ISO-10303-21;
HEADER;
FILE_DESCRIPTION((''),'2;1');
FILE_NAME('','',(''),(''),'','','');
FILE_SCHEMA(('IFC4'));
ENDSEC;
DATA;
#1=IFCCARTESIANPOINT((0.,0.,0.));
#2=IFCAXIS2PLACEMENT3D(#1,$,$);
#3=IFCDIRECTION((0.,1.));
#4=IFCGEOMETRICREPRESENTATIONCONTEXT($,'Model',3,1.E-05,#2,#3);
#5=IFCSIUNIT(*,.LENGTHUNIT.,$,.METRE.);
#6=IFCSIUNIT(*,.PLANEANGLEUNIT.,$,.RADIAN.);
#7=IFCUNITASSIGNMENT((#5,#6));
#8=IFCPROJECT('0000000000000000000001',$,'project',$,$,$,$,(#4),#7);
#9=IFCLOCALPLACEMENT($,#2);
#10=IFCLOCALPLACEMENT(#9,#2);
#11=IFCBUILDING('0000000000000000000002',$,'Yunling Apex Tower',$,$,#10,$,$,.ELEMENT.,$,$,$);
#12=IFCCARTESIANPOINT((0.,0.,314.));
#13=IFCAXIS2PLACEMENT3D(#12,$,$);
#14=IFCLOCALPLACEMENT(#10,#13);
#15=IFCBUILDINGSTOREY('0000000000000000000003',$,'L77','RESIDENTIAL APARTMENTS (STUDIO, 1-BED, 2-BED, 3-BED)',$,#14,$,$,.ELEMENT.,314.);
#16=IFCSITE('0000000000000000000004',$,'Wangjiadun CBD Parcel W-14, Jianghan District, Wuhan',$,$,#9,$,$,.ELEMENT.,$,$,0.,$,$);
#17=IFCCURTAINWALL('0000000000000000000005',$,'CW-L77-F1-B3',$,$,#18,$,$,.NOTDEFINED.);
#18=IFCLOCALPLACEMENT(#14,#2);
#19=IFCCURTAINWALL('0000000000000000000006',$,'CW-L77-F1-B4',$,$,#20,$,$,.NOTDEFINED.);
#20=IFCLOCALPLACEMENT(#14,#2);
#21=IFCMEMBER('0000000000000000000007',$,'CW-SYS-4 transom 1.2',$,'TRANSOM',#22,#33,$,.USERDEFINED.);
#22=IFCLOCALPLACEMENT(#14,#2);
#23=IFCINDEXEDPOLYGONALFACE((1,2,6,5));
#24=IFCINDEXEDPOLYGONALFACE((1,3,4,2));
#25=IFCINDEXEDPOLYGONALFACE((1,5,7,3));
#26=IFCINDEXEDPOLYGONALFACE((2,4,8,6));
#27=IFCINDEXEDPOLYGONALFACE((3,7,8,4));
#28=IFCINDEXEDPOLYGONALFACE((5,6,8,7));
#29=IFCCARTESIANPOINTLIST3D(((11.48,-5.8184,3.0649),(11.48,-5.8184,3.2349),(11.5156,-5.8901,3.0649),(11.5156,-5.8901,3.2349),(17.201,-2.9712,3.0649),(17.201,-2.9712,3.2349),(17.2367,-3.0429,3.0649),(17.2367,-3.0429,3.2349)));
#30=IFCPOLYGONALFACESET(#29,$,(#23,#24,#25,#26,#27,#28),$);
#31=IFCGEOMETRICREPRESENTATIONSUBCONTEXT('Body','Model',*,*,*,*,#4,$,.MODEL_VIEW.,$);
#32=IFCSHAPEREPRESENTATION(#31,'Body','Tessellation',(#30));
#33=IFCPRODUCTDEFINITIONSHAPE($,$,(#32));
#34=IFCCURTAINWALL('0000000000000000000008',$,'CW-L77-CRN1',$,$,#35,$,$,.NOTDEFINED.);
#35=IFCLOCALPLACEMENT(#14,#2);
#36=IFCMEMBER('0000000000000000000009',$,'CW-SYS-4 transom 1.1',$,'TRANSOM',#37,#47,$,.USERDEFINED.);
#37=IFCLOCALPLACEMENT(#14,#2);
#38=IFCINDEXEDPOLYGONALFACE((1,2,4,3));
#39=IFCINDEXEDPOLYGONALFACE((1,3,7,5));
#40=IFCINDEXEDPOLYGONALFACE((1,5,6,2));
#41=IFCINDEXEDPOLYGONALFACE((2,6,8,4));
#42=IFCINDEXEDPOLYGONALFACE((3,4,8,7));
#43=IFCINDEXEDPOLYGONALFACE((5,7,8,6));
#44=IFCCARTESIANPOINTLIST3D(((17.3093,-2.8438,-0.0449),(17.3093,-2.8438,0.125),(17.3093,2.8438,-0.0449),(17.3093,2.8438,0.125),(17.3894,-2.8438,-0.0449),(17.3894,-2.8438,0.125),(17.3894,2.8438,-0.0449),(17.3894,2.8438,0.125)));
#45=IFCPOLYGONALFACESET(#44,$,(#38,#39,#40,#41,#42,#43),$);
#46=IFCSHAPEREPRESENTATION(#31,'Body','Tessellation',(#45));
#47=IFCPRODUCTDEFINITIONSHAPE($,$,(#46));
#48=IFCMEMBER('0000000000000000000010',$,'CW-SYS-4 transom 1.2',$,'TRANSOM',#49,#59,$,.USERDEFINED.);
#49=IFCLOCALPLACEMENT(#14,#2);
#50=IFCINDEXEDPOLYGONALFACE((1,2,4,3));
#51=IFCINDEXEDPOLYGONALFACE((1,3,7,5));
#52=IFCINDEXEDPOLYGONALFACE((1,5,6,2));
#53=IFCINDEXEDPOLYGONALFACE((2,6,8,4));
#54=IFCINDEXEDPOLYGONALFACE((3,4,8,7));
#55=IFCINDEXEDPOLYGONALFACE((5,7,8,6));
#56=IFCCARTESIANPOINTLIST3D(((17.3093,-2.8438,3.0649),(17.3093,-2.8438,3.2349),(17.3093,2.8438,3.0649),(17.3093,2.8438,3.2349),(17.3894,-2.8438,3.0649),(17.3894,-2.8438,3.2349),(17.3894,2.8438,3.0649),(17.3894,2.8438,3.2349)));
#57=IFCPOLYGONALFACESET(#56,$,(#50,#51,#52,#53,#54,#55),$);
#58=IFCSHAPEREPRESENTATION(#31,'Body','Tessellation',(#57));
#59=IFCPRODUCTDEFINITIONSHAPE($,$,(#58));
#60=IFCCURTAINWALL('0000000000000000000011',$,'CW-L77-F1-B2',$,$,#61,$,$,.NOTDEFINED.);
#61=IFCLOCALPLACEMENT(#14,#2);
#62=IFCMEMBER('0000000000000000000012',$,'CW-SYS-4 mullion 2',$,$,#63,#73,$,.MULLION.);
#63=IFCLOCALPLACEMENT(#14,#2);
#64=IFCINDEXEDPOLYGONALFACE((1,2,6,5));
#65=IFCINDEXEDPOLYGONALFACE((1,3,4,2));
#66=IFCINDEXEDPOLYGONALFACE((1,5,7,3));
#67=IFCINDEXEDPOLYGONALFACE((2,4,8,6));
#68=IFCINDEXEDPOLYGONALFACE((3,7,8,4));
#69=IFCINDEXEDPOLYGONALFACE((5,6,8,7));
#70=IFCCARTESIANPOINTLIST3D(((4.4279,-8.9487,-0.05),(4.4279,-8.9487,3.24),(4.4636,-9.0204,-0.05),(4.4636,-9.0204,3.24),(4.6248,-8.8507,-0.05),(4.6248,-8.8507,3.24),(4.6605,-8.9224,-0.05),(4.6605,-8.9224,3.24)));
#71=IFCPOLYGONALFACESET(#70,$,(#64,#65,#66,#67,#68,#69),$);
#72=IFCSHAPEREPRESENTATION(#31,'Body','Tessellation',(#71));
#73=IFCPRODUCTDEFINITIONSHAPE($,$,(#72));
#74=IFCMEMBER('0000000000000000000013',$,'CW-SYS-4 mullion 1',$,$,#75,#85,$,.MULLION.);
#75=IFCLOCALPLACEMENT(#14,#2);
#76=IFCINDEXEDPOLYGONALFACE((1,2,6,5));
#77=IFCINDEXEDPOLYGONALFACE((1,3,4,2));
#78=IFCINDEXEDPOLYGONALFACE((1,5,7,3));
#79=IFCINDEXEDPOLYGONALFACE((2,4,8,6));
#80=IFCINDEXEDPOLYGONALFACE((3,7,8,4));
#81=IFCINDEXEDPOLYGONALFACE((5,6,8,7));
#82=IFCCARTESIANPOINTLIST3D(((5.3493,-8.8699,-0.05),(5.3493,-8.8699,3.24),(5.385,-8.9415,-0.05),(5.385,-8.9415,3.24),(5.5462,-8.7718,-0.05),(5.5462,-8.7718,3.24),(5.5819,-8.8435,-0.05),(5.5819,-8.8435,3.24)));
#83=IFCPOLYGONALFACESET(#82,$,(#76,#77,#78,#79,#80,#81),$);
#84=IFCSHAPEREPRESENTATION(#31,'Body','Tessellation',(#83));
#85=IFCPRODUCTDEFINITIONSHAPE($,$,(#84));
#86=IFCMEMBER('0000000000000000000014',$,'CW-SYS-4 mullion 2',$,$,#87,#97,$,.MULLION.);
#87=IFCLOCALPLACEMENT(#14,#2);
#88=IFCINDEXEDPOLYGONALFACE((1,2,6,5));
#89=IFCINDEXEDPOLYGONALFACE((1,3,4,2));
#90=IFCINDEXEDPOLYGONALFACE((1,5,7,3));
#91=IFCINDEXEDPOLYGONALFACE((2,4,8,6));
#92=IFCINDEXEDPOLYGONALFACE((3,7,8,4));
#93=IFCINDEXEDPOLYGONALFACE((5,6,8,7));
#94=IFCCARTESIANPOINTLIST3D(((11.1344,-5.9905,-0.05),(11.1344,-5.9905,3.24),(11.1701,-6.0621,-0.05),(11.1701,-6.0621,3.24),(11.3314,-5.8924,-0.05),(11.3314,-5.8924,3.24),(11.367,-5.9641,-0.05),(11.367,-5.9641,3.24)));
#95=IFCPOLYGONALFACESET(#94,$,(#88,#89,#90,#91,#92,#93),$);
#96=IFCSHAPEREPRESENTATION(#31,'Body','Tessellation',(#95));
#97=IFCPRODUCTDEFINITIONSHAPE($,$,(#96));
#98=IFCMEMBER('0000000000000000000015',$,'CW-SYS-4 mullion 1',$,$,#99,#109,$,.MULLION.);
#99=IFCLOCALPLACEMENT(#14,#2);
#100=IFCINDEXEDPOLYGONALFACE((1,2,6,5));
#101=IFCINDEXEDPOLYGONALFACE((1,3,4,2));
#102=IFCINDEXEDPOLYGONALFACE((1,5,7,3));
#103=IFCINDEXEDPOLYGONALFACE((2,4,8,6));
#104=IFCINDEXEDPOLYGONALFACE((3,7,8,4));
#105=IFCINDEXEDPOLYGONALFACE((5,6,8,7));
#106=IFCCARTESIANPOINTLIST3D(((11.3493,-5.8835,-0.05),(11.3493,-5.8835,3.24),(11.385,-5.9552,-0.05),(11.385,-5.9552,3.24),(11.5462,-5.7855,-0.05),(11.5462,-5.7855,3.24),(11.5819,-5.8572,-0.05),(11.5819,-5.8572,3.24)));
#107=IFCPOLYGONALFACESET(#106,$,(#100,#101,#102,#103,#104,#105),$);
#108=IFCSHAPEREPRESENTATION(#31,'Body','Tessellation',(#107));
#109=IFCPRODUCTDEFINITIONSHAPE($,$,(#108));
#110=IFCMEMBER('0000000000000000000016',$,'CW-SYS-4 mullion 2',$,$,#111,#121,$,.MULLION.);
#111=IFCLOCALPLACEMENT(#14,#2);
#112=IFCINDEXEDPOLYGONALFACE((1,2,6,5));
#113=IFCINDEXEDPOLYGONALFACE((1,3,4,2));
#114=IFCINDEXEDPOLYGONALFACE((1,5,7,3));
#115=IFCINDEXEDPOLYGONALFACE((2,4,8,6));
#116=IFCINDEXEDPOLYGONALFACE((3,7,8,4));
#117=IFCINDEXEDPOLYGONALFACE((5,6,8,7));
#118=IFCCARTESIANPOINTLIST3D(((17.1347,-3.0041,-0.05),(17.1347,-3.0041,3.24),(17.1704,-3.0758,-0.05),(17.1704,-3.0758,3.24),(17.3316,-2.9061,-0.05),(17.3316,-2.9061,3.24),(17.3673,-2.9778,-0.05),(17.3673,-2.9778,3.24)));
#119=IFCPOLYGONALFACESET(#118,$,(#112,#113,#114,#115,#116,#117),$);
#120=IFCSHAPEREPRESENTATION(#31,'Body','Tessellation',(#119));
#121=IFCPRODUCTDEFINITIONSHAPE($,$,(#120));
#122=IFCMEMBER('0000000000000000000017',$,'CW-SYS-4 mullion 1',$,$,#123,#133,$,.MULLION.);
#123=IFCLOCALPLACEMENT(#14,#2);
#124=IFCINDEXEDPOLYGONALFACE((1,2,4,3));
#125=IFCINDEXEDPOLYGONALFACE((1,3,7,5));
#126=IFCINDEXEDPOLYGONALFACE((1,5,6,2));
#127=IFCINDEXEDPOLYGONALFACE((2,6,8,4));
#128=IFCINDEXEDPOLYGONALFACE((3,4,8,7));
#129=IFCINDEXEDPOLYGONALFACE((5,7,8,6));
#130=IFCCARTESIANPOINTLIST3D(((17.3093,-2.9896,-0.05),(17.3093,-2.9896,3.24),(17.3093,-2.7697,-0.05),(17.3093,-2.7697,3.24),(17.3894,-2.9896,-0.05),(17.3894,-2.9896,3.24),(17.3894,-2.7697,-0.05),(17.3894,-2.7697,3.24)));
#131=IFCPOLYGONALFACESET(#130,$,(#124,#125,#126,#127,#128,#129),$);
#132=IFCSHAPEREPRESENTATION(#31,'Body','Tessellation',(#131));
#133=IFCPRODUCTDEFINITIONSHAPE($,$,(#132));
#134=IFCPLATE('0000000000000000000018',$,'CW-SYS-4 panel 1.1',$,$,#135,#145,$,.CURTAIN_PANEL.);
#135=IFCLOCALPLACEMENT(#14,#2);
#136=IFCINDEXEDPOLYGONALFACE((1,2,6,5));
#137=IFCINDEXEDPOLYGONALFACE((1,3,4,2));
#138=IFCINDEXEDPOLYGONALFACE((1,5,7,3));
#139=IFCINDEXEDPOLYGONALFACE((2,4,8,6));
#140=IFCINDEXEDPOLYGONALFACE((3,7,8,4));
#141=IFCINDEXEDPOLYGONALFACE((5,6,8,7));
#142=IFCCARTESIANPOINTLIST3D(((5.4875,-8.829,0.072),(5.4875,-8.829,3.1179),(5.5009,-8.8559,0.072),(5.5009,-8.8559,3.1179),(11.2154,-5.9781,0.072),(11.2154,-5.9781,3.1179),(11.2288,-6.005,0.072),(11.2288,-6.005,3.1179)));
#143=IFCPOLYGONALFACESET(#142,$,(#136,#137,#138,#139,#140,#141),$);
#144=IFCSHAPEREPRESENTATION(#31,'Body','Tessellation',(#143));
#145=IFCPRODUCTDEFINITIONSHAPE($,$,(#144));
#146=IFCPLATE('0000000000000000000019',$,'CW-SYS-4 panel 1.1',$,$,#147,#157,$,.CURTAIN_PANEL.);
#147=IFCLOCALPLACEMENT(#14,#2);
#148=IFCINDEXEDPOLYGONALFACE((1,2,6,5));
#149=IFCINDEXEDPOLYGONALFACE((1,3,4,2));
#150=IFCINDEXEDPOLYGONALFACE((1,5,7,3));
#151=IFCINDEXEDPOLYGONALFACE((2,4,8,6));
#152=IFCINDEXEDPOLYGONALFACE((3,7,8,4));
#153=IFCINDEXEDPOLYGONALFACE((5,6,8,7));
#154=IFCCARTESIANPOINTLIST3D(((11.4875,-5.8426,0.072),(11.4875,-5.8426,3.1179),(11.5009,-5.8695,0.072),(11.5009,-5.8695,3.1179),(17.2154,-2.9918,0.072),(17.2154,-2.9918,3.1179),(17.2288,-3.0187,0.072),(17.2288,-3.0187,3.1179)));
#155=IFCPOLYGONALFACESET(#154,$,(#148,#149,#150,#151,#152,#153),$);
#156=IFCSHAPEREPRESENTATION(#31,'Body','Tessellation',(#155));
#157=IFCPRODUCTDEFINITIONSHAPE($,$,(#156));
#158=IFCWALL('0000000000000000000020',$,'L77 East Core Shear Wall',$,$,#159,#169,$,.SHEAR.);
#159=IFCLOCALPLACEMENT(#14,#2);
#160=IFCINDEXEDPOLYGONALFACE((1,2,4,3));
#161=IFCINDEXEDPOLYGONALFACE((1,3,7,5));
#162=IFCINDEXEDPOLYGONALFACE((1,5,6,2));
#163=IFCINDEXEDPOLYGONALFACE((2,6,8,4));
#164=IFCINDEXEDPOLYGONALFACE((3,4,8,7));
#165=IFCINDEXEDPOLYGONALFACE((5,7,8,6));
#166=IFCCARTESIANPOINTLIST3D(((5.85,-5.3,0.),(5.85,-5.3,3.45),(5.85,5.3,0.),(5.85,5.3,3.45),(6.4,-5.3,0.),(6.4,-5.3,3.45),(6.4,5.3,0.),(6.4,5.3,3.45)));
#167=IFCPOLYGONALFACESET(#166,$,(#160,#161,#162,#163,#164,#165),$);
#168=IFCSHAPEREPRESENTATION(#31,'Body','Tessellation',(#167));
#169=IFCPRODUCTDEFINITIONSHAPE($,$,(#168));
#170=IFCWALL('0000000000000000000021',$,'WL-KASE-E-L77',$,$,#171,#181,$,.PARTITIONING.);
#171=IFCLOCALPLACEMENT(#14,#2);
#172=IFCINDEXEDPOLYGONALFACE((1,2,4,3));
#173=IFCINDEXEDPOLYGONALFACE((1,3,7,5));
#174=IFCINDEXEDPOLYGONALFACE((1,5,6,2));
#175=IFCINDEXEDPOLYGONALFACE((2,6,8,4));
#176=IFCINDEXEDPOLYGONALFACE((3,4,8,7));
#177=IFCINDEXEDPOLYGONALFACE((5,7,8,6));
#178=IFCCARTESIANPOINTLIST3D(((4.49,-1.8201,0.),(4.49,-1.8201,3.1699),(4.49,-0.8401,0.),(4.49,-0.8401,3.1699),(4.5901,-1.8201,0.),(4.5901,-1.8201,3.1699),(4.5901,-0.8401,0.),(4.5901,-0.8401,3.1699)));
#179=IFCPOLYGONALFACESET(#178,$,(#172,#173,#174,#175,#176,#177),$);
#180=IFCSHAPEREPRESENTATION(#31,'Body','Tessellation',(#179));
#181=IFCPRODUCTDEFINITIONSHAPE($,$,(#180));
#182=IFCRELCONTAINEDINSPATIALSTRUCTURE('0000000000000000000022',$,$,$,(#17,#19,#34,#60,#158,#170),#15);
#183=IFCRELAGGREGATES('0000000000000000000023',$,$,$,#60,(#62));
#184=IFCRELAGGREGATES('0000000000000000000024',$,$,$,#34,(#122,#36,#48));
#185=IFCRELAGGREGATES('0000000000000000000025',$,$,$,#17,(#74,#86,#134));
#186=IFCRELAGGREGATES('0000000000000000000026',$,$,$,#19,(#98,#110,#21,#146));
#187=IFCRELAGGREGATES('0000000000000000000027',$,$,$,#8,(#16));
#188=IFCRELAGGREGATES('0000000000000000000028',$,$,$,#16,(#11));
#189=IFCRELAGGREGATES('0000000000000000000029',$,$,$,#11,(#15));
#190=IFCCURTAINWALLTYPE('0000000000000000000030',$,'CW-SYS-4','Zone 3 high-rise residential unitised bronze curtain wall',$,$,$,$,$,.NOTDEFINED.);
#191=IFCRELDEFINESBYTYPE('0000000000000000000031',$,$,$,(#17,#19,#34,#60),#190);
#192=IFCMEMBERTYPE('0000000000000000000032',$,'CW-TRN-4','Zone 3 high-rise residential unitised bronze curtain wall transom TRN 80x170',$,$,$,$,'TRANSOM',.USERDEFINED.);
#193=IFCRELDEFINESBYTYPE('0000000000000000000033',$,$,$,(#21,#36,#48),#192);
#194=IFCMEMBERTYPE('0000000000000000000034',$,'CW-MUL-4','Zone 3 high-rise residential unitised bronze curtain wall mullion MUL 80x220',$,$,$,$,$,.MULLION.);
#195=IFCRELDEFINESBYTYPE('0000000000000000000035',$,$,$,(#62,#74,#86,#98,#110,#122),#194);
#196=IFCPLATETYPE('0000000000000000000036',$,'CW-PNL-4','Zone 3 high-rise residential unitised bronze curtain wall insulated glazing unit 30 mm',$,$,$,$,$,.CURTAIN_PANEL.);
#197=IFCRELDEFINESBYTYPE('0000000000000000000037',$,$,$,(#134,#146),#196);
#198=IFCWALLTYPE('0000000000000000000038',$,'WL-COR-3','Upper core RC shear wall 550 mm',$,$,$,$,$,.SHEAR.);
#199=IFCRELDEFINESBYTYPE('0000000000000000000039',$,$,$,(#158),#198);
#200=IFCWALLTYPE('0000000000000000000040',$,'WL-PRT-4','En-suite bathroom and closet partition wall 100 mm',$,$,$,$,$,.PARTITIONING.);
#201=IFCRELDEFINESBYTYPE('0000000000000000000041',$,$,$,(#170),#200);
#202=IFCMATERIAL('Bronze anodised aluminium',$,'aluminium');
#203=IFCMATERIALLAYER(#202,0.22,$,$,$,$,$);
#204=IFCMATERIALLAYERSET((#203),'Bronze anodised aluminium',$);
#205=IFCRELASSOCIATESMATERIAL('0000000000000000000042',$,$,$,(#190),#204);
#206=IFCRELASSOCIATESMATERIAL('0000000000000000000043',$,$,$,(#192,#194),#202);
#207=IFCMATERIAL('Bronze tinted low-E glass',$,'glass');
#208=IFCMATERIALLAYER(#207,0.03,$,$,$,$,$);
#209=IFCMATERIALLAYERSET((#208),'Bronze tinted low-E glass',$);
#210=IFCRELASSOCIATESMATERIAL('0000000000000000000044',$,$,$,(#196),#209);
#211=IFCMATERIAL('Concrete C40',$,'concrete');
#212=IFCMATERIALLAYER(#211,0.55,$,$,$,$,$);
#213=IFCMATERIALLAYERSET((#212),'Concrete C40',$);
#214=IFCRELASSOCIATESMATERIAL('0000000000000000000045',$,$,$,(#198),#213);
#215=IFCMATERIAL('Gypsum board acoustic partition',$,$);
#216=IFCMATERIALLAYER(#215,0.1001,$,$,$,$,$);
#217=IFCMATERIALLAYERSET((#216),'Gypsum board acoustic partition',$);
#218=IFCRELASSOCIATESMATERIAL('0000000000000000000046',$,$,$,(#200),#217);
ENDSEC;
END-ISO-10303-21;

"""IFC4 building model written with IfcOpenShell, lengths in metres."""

from ifc_helpers import new_model, si_unit, direction, frame, frame_2d, origin, origin_2d, place, context, subcontext, project, spatial, rectangle, extrude, source, transform, mapped, material, layer, layer_set, material_profile, profile_set, type_object, element, aggregate, save


model = new_model("IFC4")

# Units and contexts
model_context = context("Model", 3, precision=1e-05, world=origin(), true_north=direction((0.0, 1.0)))
body_context = subcontext(model_context, "Body", "Model", "MODEL_VIEW")
ifc_project = project(units=[si_unit("LENGTHUNIT", "METRE"), si_unit("PLANEANGLEUNIT", "RADIAN")], contexts=[model_context])

# Site, building, storey
site_placement = place(None, origin())
site = spatial("IfcSite", under=ifc_project, at=site_placement, Name="Wangjiadun CBD Parcel W-14, Jianghan District, Wuhan", CompositionType="ELEMENT", RefElevation=0.0)
building_placement = place(site_placement, origin())
building = spatial("IfcBuilding", under=site, at=building_placement, Name="Yunling Apex Tower", CompositionType="ELEMENT")
storey_placement = place(building_placement, frame((0.0, 0.0, 314.0)))
storey = spatial("IfcBuildingStorey", under=building, at=storey_placement, Name="L77", Description="RESIDENTIAL APARTMENTS (STUDIO, 1-BED, 2-BED, 3-BED)", CompositionType="ELEMENT", Elevation=314.0)

# Curtain walls, members
ifc_material_1 = material(Name="Bronze anodised aluminium", Category="aluminium")
ifc_layer_1 = layer(ifc_material_1, 0.22)
ifc_layer_set_1 = layer_set([ifc_layer_1], Name="Bronze anodised aluminium")
curtain_wall_type = type_object("IfcCurtainWallType", Name="CW-SYS-4", Description="Zone 3 high-rise residential unitised bronze curtain wall", PredefinedType="NOTDEFINED", material=ifc_layer_set_1)
curtain_wall_1_placement = place(storey_placement, origin())
curtain_wall_1 = element("IfcCurtainWall", 1, at=curtain_wall_1_placement, inside=storey, type_object=curtain_wall_type, Name="CW-L77-F1-B3", PredefinedType="NOTDEFINED")
ifc_material_profile_1 = material_profile(ifc_material_1, rectangle(XDim=0.0801, YDim=0.1699, at=origin_2d()))
ifc_profile_set_1 = profile_set([ifc_material_profile_1], Name="Bronze anodised aluminium")
member_type_1 = type_object("IfcMemberType", Name="CW-TRN-4", Description="Zone 3 high-rise residential unitised bronze curtain wall transom TRN 80x170", ElementType="TRANSOM", PredefinedType="USERDEFINED", material=ifc_profile_set_1)
curtain_wall_2_placement = place(storey_placement, origin())
curtain_wall_2 = element("IfcCurtainWall", 2, at=curtain_wall_2_placement, inside=storey, type_object=curtain_wall_type, Name="CW-L77-F1-B4", PredefinedType="NOTDEFINED")
shared_shape_1 = source(origin(), body_context, "Body", "SweptSolid", [
    extrude(rectangle(XDim=0.0801, YDim=0.1699, at=origin_2d()), origin(), (0.0, 0.0, 1.0), 6.3904),
])
member_1_placement = place(storey_placement, frame((11.4978, -5.8542, 3.1499), z_axis=(0.895259, 0.445547, 0.0), x_axis=(-0.445547, 0.895259, 0.0)))
member_1 = element("IfcMember", 3, at=member_1_placement, type_object=member_type_1, Name="CW-SYS-4 transom 1.2", ObjectType="TRANSOM", PredefinedType="USERDEFINED", context=body_context, shape_type="MappedRepresentation", body=[
    mapped(shared_shape_1, transform((0.0, 0.0, 0.0), scale=1.0)),
])
curtain_wall_3_placement = place(storey_placement, origin())
curtain_wall_3 = element("IfcCurtainWall", 4, at=curtain_wall_3_placement, inside=storey, type_object=curtain_wall_type, Name="CW-L77-CRN1", PredefinedType="NOTDEFINED")
shared_shape_2 = source(origin(), body_context, "Body", "SweptSolid", [
    extrude(rectangle(XDim=0.0801, YDim=0.1699, at=origin_2d()), origin(), (0.0, 0.0, 1.0), 5.6875),
])
member_2_placement = place(storey_placement, frame((17.3494, -2.8438, 0.04), z_axis=(0.0, 1.0, 0.0), x_axis=(-1.0, 0.0, 0.0)))
member_2 = element("IfcMember", 5, at=member_2_placement, type_object=member_type_1, Name="CW-SYS-4 transom 1.1", ObjectType="TRANSOM", PredefinedType="USERDEFINED", context=body_context, shape_type="MappedRepresentation", body=[
    mapped(shared_shape_2, transform((0.0, 0.0, 0.0), scale=1.0)),
])
member_3_placement = place(storey_placement, frame((17.3494, -2.8438, 3.1499), z_axis=(0.0, 1.0, 0.0), x_axis=(-1.0, 0.0, 0.0)))
member_3 = element("IfcMember", 6, at=member_3_placement, type_object=member_type_1, Name="CW-SYS-4 transom 1.2", ObjectType="TRANSOM", PredefinedType="USERDEFINED", context=body_context, shape_type="MappedRepresentation", body=[
    mapped(shared_shape_2, transform((0.0, 0.0, 0.0), scale=1.0)),
])

# Curtain wall, member
curtain_wall_4_placement = place(storey_placement, origin())
curtain_wall_4 = element("IfcCurtainWall", 7, at=curtain_wall_4_placement, inside=storey, type_object=curtain_wall_type, Name="CW-L77-F1-B2", PredefinedType="NOTDEFINED")
ifc_material_profile_2 = material_profile(ifc_material_1, rectangle(XDim=0.0801, YDim=0.22, at=origin_2d()))
ifc_profile_set_2 = profile_set([ifc_material_profile_2], Name="Bronze anodised aluminium")
member_type_2 = type_object("IfcMemberType", Name="CW-MUL-4", Description="Zone 3 high-rise residential unitised bronze curtain wall mullion MUL 80x220", PredefinedType="MULLION", material=ifc_profile_set_2)
shared_shape_3 = source(origin(), body_context, "Body", "SweptSolid", [
    extrude(rectangle(XDim=0.0801, YDim=0.22, at=origin_2d()), origin(), (0.0, 0.0, 1.0), 3.29),
])
member_4_placement = place(storey_placement, frame((4.5442, -8.9355, -0.05), z_axis=(0.0, 0.0, 1.0), x_axis=(-0.445561, 0.895252, 0.0)))
member_4 = element("IfcMember", 8, at=member_4_placement, type_object=member_type_2, Name="CW-SYS-4 mullion 2", PredefinedType="MULLION", context=body_context, shape_type="MappedRepresentation", body=[
    mapped(shared_shape_3, transform((0.0, 0.0, 0.0), scale=1.0)),
])
aggregate(curtain_wall_4, [member_4])

# Members
member_5_placement = place(storey_placement, frame((5.4656, -8.8567, -0.05), z_axis=(0.0, 0.0, 1.0), x_axis=(-0.44558, 0.895242, 0.0)))
member_5 = element("IfcMember", 9, at=member_5_placement, type_object=member_type_2, Name="CW-SYS-4 mullion 1", PredefinedType="MULLION", context=body_context, shape_type="MappedRepresentation", body=[
    mapped(shared_shape_3, transform((0.0, 0.0, 0.0), scale=1.0)),
])
member_6_placement = place(storey_placement, frame((11.2507, -5.9773, -0.05), z_axis=(0.0, 0.0, 1.0), x_axis=(-0.44558, 0.895242, 0.0)))
member_6 = element("IfcMember", 10, at=member_6_placement, type_object=member_type_2, Name="CW-SYS-4 mullion 2", PredefinedType="MULLION", context=body_context, shape_type="MappedRepresentation", body=[
    mapped(shared_shape_3, transform((0.0, 0.0, 0.0), scale=1.0)),
])
member_7_placement = place(storey_placement, frame((11.4656, -5.8704, -0.05), z_axis=(0.0, 0.0, 1.0), x_axis=(-0.445568, 0.895248, 0.0)))
member_7 = element("IfcMember", 11, at=member_7_placement, type_object=member_type_2, Name="CW-SYS-4 mullion 1", PredefinedType="MULLION", context=body_context, shape_type="MappedRepresentation", body=[
    mapped(shared_shape_3, transform((0.0, 0.0, 0.0), scale=1.0)),
])
member_8_placement = place(storey_placement, frame((17.251, -2.991, -0.05), z_axis=(0.0, 0.0, 1.0), x_axis=(-0.445568, 0.895248, 0.0)))
member_8 = element("IfcMember", 12, at=member_8_placement, type_object=member_type_2, Name="CW-SYS-4 mullion 2", PredefinedType="MULLION", context=body_context, shape_type="MappedRepresentation", body=[
    mapped(shared_shape_3, transform((0.0, 0.0, 0.0), scale=1.0)),
])
member_9_placement = place(storey_placement, frame((17.3494, -2.8796, -0.05), z_axis=(0.0, 0.0, 1.0), x_axis=(-1.0, 0.0, 0.0)))
member_9 = element("IfcMember", 13, at=member_9_placement, type_object=member_type_2, Name="CW-SYS-4 mullion 1", PredefinedType="MULLION", context=body_context, shape_type="MappedRepresentation", body=[
    mapped(shared_shape_3, transform((0.0, 0.0, 0.0), scale=1.0)),
])
aggregate(curtain_wall_3, [member_9, member_2, member_3])

# Plates
ifc_material_2 = material(Name="Bronze tinted low-E glass", Category="glass")
ifc_layer_2 = layer(ifc_material_2, 0.03)
ifc_layer_set_2 = layer_set([ifc_layer_2], Name="Bronze tinted low-E glass")
plate_type = type_object("IfcPlateType", Name="CW-PNL-4", Description="Zone 3 high-rise residential unitised bronze curtain wall insulated glazing unit 30 mm", PredefinedType="CURTAIN_PANEL", material=ifc_layer_set_2)
shared_shape_4 = source(origin(), body_context, "Body", "SweptSolid", [
    extrude(rectangle(XDim=6.3982, YDim=0.03, at=origin_2d()), origin(), (0.0, 0.0, 1.0), 3.0459),
])
plate_1_placement = place(storey_placement, frame((8.3582, -7.417, 0.072), z_axis=(0.0, 0.0, 1.0), x_axis=(0.895242, 0.44558, 0.0)))
plate_1 = element("IfcPlate", 14, at=plate_1_placement, type_object=plate_type, Name="CW-SYS-4 panel 1.1", PredefinedType="CURTAIN_PANEL", context=body_context, shape_type="MappedRepresentation", body=[
    mapped(shared_shape_4, transform((0.0, 0.0, 0.0), scale=1.0)),
])
aggregate(curtain_wall_1, [member_5, member_6, plate_1])
plate_2_placement = place(storey_placement, frame((14.3582, -4.4307, 0.072), z_axis=(0.0, 0.0, 1.0), x_axis=(0.895248, 0.445568, 0.0)))
plate_2 = element("IfcPlate", 15, at=plate_2_placement, type_object=plate_type, Name="CW-SYS-4 panel 1.1", PredefinedType="CURTAIN_PANEL", context=body_context, shape_type="MappedRepresentation", body=[
    mapped(shared_shape_4, transform((0.0, 0.0, 0.0), scale=1.0)),
])
aggregate(curtain_wall_2, [member_7, member_8, member_1, plate_2])

# Walls
ifc_material_3 = material(Name="Concrete C40", Category="concrete")
ifc_layer_3 = layer(ifc_material_3, 0.55)
ifc_layer_set_3 = layer_set([ifc_layer_3], Name="Concrete C40")
wall_type_1 = type_object("IfcWallType", Name="WL-COR-3", Description="Upper core RC shear wall 550 mm", PredefinedType="SHEAR", material=ifc_layer_set_3)
wall_1_placement = place(storey_placement, frame((6.125, -5.3, 0.0), z_axis=(0.0, 0.0, 1.0), x_axis=(0.0, 1.0, 0.0)))
element("IfcWall", 16, at=wall_1_placement, inside=storey, type_object=wall_type_1, Name="L77 East Core Shear Wall", PredefinedType="SHEAR", context=body_context, shape_type="SweptSolid", body=[
    extrude(rectangle(XDim=10.6001, YDim=0.55, at=frame_2d((5.3, 0.0))), origin(), (0.0, 0.0, 1.0), 3.45),
])
ifc_material_4 = material(Name="Gypsum board acoustic partition")
ifc_layer_4 = layer(ifc_material_4, 0.1001)
ifc_layer_set_4 = layer_set([ifc_layer_4], Name="Gypsum board acoustic partition")
wall_type_2 = type_object("IfcWallType", Name="WL-PRT-4", Description="En-suite bathroom and closet partition wall 100 mm", PredefinedType="PARTITIONING", material=ifc_layer_set_4)
wall_2_placement = place(storey_placement, frame((4.54, -1.8201, 0.0), z_axis=(0.0, 0.0, 1.0), x_axis=(0.0, 1.0, 0.0)))
element("IfcWall", 17, at=wall_2_placement, inside=storey, type_object=wall_type_2, Name="WL-KASE-E-L77", PredefinedType="PARTITIONING", context=body_context, shape_type="SweptSolid", body=[
    extrude(rectangle(XDim=0.98, YDim=0.1001, at=frame_2d((0.49, 0.0))), origin(), (0.0, 0.0, 1.0), 3.1699),
])

save(model, "model.ifc")
